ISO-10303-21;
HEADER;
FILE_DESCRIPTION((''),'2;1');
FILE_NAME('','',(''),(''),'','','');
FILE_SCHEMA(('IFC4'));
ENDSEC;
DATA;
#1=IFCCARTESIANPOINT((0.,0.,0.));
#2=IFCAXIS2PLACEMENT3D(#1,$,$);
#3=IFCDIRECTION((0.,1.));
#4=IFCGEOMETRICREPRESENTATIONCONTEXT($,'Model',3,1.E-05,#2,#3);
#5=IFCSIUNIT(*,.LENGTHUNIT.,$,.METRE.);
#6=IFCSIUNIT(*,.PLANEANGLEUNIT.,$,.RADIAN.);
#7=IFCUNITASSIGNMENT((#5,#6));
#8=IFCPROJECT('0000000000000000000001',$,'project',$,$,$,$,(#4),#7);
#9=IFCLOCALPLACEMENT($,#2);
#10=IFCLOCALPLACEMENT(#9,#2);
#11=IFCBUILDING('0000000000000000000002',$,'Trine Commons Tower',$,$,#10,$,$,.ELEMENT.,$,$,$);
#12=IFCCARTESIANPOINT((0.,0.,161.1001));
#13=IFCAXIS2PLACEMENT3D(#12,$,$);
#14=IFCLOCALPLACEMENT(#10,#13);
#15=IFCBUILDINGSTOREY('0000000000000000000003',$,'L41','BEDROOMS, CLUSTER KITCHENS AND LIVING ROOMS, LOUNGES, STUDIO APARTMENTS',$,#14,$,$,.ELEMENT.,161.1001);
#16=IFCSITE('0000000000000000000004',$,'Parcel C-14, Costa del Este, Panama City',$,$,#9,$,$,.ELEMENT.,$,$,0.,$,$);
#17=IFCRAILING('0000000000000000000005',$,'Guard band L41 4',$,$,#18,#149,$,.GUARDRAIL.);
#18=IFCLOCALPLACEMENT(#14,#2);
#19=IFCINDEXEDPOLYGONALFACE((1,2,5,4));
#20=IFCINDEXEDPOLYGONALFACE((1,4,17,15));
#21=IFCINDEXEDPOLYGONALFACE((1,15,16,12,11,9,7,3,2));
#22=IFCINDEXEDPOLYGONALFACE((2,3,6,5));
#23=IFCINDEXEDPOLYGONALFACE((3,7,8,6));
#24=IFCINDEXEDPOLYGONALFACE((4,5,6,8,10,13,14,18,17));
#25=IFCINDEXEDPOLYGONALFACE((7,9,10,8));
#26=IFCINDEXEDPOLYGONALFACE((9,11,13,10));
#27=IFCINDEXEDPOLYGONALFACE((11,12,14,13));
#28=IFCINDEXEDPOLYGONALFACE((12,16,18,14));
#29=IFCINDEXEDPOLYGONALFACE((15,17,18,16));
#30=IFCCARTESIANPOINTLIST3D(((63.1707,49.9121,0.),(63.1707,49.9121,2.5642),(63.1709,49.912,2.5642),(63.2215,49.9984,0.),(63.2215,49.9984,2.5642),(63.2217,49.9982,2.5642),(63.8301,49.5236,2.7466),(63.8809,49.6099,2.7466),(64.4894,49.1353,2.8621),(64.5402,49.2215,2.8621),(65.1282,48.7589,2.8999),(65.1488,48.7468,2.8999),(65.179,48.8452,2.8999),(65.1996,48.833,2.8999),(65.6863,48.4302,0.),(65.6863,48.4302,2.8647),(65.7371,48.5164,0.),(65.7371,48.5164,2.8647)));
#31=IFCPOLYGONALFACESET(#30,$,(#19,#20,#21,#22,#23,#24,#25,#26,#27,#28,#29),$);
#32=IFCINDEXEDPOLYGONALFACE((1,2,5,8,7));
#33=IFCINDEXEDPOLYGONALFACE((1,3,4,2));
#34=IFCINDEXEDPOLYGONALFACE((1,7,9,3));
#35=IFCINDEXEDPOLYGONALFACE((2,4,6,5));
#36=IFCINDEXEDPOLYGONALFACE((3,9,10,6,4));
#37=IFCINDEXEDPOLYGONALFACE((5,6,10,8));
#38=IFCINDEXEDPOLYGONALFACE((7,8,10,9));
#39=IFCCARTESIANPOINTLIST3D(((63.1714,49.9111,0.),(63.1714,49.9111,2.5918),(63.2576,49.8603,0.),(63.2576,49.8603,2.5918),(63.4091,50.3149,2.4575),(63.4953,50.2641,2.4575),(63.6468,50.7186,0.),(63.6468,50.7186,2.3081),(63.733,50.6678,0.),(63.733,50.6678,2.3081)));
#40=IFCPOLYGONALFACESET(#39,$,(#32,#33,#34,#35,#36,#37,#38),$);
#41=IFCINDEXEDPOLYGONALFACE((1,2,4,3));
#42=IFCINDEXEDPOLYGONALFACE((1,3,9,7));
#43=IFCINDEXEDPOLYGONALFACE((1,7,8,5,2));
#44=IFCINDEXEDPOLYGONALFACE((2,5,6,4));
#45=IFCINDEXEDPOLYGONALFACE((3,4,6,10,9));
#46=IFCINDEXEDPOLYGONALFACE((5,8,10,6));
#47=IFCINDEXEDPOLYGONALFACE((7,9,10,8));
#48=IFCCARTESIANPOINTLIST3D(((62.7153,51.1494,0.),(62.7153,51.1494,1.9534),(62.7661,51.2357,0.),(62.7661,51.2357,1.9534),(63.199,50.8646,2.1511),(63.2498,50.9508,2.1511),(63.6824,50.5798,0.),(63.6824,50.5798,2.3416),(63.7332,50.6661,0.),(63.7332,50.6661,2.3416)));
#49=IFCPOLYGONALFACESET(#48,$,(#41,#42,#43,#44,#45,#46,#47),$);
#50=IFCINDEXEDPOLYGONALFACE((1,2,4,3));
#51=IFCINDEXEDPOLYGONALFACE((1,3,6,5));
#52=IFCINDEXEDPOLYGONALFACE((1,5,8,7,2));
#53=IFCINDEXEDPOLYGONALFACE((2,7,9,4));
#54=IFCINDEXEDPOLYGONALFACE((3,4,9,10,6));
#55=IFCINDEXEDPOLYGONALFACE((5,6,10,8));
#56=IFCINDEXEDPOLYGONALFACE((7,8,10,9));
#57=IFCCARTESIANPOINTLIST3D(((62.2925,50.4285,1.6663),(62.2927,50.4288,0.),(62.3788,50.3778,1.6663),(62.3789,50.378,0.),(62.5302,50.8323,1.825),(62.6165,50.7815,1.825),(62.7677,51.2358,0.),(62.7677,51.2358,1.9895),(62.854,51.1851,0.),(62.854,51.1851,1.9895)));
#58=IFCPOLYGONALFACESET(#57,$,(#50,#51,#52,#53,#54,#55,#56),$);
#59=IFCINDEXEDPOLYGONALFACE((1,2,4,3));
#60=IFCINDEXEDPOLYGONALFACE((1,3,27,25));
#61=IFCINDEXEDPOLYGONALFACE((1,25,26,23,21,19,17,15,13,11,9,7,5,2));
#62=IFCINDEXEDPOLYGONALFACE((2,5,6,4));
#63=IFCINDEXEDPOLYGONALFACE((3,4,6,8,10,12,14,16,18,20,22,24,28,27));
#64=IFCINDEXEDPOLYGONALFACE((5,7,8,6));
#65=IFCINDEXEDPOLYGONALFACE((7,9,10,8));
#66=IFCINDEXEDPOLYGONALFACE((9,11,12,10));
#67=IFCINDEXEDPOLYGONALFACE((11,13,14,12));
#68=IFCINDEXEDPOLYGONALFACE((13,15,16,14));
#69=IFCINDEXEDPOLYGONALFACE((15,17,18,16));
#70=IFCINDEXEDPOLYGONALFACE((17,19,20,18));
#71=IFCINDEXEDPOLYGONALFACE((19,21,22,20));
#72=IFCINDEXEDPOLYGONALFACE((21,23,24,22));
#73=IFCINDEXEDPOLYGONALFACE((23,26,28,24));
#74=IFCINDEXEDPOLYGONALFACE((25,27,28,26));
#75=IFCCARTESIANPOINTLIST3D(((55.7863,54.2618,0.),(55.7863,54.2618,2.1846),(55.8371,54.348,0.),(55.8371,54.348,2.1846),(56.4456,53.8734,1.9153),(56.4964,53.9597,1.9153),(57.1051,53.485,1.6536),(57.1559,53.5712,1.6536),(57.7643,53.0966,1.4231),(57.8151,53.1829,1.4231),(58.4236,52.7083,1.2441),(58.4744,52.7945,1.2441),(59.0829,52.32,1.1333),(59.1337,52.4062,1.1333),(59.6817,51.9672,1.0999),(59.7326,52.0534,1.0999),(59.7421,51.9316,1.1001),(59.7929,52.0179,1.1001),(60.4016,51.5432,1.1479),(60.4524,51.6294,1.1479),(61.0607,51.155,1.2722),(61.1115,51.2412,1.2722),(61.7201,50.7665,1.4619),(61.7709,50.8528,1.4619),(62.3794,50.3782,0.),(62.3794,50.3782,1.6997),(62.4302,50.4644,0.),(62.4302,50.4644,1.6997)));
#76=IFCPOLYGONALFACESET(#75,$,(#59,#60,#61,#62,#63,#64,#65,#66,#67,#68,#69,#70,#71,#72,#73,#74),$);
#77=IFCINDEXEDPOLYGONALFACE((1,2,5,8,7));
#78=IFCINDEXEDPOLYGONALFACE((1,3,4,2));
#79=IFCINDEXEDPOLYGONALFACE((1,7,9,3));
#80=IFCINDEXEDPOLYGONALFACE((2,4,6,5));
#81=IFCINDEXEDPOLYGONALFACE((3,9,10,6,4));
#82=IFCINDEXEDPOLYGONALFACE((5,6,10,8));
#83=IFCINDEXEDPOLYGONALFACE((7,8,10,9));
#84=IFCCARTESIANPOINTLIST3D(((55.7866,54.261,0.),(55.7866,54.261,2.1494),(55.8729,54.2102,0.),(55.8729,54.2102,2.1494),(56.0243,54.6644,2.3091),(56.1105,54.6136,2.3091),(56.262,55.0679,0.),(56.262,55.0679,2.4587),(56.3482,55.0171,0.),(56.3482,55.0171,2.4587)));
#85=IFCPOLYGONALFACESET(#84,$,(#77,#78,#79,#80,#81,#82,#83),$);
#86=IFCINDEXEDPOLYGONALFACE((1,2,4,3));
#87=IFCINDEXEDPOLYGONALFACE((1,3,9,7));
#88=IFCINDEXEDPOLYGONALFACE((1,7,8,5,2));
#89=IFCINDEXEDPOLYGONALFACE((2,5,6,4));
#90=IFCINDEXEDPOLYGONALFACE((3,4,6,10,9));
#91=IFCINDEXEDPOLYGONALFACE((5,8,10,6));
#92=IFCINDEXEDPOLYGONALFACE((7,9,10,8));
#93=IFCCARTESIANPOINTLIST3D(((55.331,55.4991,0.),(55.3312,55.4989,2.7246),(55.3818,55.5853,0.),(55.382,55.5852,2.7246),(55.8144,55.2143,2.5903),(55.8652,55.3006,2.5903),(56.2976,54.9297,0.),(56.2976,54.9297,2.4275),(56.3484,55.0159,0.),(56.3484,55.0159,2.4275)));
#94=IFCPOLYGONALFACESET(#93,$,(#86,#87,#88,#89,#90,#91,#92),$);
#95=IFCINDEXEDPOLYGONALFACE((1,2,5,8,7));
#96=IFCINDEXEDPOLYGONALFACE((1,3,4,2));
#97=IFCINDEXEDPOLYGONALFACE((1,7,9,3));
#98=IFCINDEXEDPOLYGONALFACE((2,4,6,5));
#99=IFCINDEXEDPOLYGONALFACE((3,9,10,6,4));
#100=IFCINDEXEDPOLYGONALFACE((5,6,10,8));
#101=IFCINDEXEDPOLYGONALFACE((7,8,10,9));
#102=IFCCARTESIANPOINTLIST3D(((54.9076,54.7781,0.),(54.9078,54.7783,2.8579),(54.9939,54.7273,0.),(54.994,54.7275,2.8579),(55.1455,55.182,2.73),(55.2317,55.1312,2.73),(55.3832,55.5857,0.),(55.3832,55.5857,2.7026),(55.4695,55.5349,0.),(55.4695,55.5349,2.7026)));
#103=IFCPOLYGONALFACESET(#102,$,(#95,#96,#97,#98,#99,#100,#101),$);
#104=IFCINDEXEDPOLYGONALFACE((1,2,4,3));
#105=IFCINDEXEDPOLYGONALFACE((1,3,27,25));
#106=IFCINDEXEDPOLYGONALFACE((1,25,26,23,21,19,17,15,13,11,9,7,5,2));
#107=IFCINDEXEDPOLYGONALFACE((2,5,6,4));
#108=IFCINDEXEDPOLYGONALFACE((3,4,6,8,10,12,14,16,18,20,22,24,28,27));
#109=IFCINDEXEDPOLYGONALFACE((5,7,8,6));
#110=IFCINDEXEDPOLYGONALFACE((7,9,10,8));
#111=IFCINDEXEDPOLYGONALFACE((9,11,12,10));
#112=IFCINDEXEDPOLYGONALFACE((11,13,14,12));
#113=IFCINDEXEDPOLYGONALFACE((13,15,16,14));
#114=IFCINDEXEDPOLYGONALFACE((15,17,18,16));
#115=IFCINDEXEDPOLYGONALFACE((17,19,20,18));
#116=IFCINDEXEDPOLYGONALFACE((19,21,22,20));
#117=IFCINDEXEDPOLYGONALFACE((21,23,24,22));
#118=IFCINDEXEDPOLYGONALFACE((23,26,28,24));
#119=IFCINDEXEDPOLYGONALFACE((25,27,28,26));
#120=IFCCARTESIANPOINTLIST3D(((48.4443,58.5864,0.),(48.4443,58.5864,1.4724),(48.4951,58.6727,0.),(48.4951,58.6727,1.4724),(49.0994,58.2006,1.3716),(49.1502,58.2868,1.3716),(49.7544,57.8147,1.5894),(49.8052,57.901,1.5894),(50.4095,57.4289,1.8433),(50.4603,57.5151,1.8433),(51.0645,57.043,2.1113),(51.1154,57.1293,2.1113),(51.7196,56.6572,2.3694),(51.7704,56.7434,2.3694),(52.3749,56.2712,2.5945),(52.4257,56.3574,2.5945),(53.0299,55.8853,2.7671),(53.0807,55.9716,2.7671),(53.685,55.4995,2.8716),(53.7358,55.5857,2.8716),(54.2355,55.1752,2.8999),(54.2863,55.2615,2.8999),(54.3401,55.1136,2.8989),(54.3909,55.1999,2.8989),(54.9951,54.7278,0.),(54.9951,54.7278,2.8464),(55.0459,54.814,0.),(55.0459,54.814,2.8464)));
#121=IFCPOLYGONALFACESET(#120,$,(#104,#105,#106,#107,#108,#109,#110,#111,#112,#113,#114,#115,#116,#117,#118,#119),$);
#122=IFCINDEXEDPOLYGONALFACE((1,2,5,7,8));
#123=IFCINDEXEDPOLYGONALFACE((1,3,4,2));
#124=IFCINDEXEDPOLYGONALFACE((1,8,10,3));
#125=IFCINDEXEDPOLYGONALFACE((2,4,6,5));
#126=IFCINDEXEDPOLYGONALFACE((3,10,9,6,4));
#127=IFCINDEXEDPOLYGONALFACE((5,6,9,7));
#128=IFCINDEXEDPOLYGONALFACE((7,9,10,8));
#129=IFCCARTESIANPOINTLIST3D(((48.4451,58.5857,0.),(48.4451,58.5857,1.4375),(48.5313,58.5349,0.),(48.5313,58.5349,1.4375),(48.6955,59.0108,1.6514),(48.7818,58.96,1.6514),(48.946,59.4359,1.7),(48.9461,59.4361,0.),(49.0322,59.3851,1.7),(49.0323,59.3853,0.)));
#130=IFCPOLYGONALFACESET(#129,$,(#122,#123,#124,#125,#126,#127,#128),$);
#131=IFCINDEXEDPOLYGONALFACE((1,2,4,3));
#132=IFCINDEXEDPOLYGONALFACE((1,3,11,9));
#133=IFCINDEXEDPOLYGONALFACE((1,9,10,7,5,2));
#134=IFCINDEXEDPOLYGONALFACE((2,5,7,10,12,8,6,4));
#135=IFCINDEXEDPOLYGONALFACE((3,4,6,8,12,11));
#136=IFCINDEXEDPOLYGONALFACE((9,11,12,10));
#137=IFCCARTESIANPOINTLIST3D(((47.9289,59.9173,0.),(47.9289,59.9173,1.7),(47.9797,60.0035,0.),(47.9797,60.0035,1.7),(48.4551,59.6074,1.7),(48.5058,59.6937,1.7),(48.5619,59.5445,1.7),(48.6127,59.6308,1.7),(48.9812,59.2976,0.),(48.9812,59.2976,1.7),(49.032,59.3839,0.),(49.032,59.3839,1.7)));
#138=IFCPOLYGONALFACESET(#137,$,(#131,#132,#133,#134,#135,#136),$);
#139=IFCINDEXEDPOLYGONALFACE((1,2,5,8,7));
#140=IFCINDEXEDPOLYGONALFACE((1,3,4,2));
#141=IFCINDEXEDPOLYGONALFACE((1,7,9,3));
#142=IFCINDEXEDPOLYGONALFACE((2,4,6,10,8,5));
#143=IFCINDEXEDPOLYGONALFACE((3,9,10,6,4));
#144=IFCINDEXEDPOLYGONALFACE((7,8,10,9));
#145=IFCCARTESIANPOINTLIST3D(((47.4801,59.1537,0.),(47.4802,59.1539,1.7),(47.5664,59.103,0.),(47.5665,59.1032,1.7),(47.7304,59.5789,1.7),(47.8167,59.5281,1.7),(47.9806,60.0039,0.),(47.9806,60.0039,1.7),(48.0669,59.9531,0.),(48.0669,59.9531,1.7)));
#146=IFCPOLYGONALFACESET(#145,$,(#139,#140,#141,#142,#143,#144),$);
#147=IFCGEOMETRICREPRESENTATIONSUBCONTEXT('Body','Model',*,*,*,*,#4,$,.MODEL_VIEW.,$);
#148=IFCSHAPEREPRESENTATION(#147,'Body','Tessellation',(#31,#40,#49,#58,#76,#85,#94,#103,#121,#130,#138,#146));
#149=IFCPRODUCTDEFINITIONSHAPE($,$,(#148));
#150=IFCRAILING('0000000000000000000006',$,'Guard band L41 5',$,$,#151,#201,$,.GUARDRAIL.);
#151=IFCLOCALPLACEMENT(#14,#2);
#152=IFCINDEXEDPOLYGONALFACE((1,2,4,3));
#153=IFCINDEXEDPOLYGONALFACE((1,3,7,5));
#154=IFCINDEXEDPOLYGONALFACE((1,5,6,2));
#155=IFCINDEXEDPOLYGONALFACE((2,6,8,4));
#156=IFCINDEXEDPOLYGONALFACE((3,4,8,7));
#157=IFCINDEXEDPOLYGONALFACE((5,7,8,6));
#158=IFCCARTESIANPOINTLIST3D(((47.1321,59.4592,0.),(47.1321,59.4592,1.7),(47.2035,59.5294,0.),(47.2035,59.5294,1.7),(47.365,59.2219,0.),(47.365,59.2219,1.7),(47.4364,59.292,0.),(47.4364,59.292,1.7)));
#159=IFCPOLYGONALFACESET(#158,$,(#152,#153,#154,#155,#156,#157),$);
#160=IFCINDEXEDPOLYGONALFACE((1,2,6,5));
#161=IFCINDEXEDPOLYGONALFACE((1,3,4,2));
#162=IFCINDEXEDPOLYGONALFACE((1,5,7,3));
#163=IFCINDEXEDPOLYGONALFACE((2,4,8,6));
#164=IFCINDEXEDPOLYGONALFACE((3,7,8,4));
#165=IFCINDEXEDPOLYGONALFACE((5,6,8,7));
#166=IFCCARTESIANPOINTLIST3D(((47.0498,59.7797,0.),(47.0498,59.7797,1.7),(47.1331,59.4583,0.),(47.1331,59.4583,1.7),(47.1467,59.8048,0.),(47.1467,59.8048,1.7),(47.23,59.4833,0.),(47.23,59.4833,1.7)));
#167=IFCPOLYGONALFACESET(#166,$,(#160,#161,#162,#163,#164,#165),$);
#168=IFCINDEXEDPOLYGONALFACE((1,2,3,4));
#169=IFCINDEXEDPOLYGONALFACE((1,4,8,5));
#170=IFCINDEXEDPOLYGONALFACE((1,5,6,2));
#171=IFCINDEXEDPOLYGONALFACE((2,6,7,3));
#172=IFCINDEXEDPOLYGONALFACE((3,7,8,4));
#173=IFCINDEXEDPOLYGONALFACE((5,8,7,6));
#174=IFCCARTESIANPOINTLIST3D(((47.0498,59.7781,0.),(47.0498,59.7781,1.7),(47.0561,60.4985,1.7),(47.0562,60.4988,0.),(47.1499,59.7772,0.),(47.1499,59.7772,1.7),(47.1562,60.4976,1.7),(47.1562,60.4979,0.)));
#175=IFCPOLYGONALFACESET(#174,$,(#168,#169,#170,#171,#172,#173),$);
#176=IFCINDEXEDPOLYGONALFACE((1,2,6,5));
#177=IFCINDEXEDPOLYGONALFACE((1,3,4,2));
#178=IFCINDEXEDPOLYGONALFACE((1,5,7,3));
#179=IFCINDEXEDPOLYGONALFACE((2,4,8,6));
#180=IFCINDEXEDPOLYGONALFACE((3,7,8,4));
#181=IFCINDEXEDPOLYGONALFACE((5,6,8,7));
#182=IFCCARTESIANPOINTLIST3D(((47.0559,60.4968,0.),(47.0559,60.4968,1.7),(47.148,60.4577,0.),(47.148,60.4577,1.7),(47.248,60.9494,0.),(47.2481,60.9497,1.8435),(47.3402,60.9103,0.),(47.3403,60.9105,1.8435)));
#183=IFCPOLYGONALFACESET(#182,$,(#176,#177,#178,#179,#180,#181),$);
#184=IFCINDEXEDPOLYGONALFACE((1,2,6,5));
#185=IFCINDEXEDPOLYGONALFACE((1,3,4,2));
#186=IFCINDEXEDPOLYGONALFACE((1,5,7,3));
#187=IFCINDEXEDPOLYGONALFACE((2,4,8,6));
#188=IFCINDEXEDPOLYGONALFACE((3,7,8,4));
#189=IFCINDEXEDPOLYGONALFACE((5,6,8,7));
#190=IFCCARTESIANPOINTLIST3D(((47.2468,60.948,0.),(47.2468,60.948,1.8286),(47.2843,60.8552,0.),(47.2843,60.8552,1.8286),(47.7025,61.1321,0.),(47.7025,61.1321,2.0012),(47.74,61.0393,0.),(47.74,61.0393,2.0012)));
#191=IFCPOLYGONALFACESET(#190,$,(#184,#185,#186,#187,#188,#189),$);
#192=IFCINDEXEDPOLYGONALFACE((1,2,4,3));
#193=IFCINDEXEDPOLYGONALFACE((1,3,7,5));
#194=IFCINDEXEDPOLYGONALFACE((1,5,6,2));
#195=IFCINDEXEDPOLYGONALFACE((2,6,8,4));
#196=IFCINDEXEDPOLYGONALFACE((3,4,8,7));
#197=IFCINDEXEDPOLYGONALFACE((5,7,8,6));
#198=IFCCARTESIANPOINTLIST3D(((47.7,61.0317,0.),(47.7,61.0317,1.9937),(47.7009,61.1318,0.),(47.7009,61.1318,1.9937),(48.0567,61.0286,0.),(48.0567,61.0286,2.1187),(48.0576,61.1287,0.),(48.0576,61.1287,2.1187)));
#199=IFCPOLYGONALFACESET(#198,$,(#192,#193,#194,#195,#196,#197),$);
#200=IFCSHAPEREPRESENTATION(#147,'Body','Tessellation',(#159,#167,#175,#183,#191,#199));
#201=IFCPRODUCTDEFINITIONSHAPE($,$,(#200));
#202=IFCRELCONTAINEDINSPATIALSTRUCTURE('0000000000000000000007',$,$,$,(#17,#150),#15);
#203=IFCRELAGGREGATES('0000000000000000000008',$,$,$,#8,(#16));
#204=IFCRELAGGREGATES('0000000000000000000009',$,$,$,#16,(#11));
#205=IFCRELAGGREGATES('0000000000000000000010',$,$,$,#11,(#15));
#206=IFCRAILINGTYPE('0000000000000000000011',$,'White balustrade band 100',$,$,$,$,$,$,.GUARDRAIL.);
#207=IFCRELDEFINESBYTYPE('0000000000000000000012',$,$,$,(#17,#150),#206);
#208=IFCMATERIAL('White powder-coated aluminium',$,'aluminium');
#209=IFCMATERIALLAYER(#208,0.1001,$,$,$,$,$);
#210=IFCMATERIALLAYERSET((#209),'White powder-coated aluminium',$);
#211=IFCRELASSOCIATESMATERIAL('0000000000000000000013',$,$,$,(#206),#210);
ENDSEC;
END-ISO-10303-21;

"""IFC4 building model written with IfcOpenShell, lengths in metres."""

from ifc_helpers import new_model, si_unit, direction, frame, origin, place, context, subcontext, project, spatial, polyline, outline, extrude, material, layer, layer_set, type_object, element, save


model = new_model("IFC4")

# Units and contexts
model_context = context("Model", 3, precision=1e-05, world=origin(), true_north=direction((0.0, 1.0)))
body_context = subcontext(model_context, "Body", "Model", "MODEL_VIEW")
ifc_project = project(units=[si_unit("LENGTHUNIT", "METRE"), si_unit("PLANEANGLEUNIT", "RADIAN")], contexts=[model_context])

# Site, building, storey
site_placement = place(None, origin())
site = spatial("IfcSite", under=ifc_project, at=site_placement, Name="Parcel C-14, Costa del Este, Panama City", CompositionType="ELEMENT", RefElevation=0.0)
building_placement = place(site_placement, origin())
building = spatial("IfcBuilding", under=site, at=building_placement, Name="Trine Commons Tower", CompositionType="ELEMENT")
storey_placement = place(building_placement, frame((0.0, 0.0, 161.1001)))
storey = spatial("IfcBuildingStorey", under=building, at=storey_placement, Name="L41", Description="BEDROOMS, CLUSTER KITCHENS AND LIVING ROOMS, LOUNGES, STUDIO APARTMENTS", CompositionType="ELEMENT", Elevation=161.1001)

# Railings
ifc_material_1 = material(Name="White powder-coated aluminium", Category="aluminium")
ifc_layer_1 = layer(ifc_material_1, 0.1001)
ifc_layer_set_1 = layer_set([ifc_layer_1], Name="White powder-coated aluminium")
railing_type = type_object("IfcRailingType", Name="White balustrade band 100", PredefinedType="GUARDRAIL", material=ifc_layer_set_1)
railing_1_placement = place(storey_placement, origin())
element("IfcRailing", 1, at=railing_1_placement, inside=storey, type_object=railing_type, Name="Guard band L41 4", PredefinedType="GUARDRAIL", context=body_context, shape_type="SweptSolid", body=[
    extrude(outline(polyline([(0.0, 0.0), (2.9197, 0.0), (2.9197, 2.5642), (2.9194, 2.5642), (2.1543, 2.7466), (1.3892, 2.8621), (0.6477, 2.8999), (0.6238, 2.8999), (0.0, 2.8647), (0.0, 0.0)])), frame((65.6863, 48.4302, 0.0), z_axis=(0.507568, 0.861612, 0.0), x_axis=(-0.861612, 0.507568, 0.0)), (0.0, 0.0, 1.0), 0.1001),
    extrude(outline(polyline([(0.0, 0.0), (0.937, 0.0), (0.937, 2.3081), (0.4685, 2.4575), (0.0, 2.5918), (0.0, 0.0)])), frame((63.1714, 49.9111, 0.0), z_axis=(0.86174, -0.50735, 0.0), x_axis=(0.50735, 0.86174, 0.0)), (0.0, 0.0, 1.0), 0.1001),
    extrude(outline(polyline([(0.0, 0.0), (1.1223, 0.0), (1.1223, 1.9534), (0.561, 2.1511), (0.0, 2.3416), (0.0, 0.0)])), frame((63.6824, 50.5798, 0.0), z_axis=(0.507505, 0.861649, 0.0), x_axis=(-0.861649, 0.507505, 0.0)), (0.0, 0.0, 1.0), 0.1001),
    extrude(outline(polyline([(0.0, 0.0), (0.9365, 0.0), (0.9368, 1.6663), (0.4683, 1.825), (0.0, 1.9895), (0.0, 0.0)])), frame((62.854, 51.1851, 0.0), z_axis=(-0.861787, 0.507271, 0.0), x_axis=(-0.507271, -0.861787, 0.0)), (0.0, 0.0, 1.0), 0.1001),
    extrude(outline(polyline([(0.0, 0.0), (7.6519, 0.0), (7.6519, 2.1846), (6.8867, 1.9153), (6.1213, 1.6536), (5.3562, 1.4231), (4.5911, 1.2441), (3.8259, 1.1333), (3.1309, 1.0999), (3.0608, 1.1001), (2.2954, 1.1479), (1.5305, 1.2722), (0.7651, 1.4619), (0.0, 1.6997), (0.0, 0.0)])), frame((62.3794, 50.3782, 0.0), z_axis=(0.507535, 0.861631, 0.0), x_axis=(-0.861631, 0.507535, 0.0)), (0.0, 0.0, 1.0), 0.1001),
    extrude(outline(polyline([(0.0, 0.0), (0.9365, 0.0), (0.9365, 2.4587), (0.4683, 2.3091), (0.0, 2.1494), (0.0, 0.0)])), frame((55.7866, 54.261, 0.0), z_axis=(0.861606, -0.507578, 0.0), x_axis=(0.507578, 0.861606, 0.0)), (0.0, 0.0, 1.0), 0.1001),
    extrude(outline(polyline([(0.0, 0.0), (1.1218, 0.0), (1.1216, 2.7246), (0.5608, 2.5903), (0.0, 2.4275), (0.0, 0.0)])), frame((56.2976, 54.9297, 0.0), z_axis=(0.507534, 0.861632, 0.0), x_axis=(-0.861632, 0.507534, 0.0)), (0.0, 0.0, 1.0), 0.1001),
    extrude(outline(polyline([(0.0, 0.0), (0.9373, 0.0), (0.937, 2.8579), (0.4685, 2.73), (0.0, 2.7026), (0.0, 0.0)])), frame((55.4695, 55.5349, 0.0), z_axis=(-0.861693, 0.50743, 0.0), x_axis=(-0.50743, -0.861693, 0.0)), (0.0, 0.0, 1.0), 0.1001),
    extrude(outline(polyline([(0.0, 0.0), (7.6028, 0.0), (7.6028, 1.4724), (6.8425, 1.3716), (6.0823, 1.5894), (5.322, 1.8433), (4.5618, 2.1113), (3.8015, 2.3694), (3.041, 2.5945), (2.2808, 2.7671), (1.5205, 2.8716), (0.8816, 2.8999), (0.7603, 2.8989), (0.0, 2.8464), (0.0, 0.0)])), frame((54.9951, 54.7278, 0.0), z_axis=(0.507532, 0.861633, 0.0), x_axis=(-0.861633, 0.507532, 0.0)), (0.0, 0.0, 1.0), 0.1001),
    extrude(outline(polyline([(0.0, 0.0), (0.9871, 0.0), (0.9868, 1.7), (0.4934, 1.6514), (0.0, 1.4375), (0.0, 0.0)])), frame((48.4451, 58.5857, 0.0), z_axis=(0.861591, -0.507604, 0.0), x_axis=(0.507604, 0.861591, 0.0)), (0.0, 0.0, 1.0), 0.1001),
    extrude(outline(polyline([(0.0, 0.0), (1.2212, 0.0), (1.2212, 1.7), (0.6106, 1.7), (0.4866, 1.7), (0.0, 1.7), (0.0, 0.0)])), frame((48.9812, 59.2976, 0.0), z_axis=(0.507422, 0.861698, 0.0), x_axis=(-0.861698, 0.507422, 0.0)), (0.0, 0.0, 1.0), 0.1001),
    extrude(outline(polyline([(0.0, 0.0), (0.9866, 0.0), (0.9863, 1.7), (0.4932, 1.7), (0.0, 1.7), (0.0, 0.0)])), frame((48.0669, 59.9531, 0.0), z_axis=(-0.861743, 0.507345, 0.0), x_axis=(-0.507345, -0.861743, 0.0)), (0.0, 0.0, 1.0), 0.1001),
])
railing_2_placement = place(storey_placement, origin())
element("IfcRailing", 2, at=railing_2_placement, inside=storey, type_object=railing_type, Name="Guard band L41 5", PredefinedType="GUARDRAIL", context=body_context, shape_type="SweptSolid", body=[
    extrude(outline(polyline([(0.0, 0.0), (0.3325, 0.0), (0.3325, 1.7), (0.0, 1.7), (0.0, 0.0)])), frame((47.365, 59.2219, 0.0), z_axis=(0.713684, 0.700468, 0.0), x_axis=(-0.700468, 0.713684, 0.0)), (0.0, 0.0, 1.0), 0.1001),
    extrude(outline(polyline([(0.0, 0.0), (0.332, 0.0), (0.332, 1.7), (0.0, 1.7), (0.0, 0.0)])), frame((47.1331, 59.4583, 0.0), z_axis=(0.968076, 0.250656, 0.0), x_axis=(-0.250656, 0.968076, 0.0)), (0.0, 0.0, 1.0), 0.1001),
    extrude(outline(polyline([(0.0, 0.0), (0.7207, 0.0), (0.7205, 1.7), (0.0, 1.7), (0.0, 0.0)])), frame((47.0498, 59.7781, 0.0), z_axis=(0.999961, -0.008807, 0.0), x_axis=(0.008807, 0.999961, 0.0)), (0.0, 0.0, 1.0), 0.1001),
    extrude(outline(polyline([(0.0, 0.0), (0.4917, 0.0), (0.4919, 1.8435), (0.0, 1.7), (0.0, 0.0)])), frame((47.0559, 60.4968, 0.0), z_axis=(0.920501, -0.390741, 0.0), x_axis=(0.390741, 0.920501, 0.0)), (0.0, 0.0, 1.0), 0.1001),
    extrude(outline(polyline([(0.0, 0.0), (0.4915, 0.0), (0.4915, 2.0012), (0.0, 1.8286), (0.0, 0.0)])), frame((47.2468, 60.948, 0.0), z_axis=(0.374644, -0.927169, 0.0), x_axis=(0.927169, 0.374644, 0.0)), (0.0, 0.0, 1.0), 0.1001),
    extrude(outline(polyline([(0.0, 0.0), (0.3567, 0.0), (0.3567, 2.1187), (0.0, 1.9937), (0.0, 0.0)])), frame((47.7009, 61.1318, 0.0), z_axis=(-0.008898, -0.99996, 0.0), x_axis=(0.99996, -0.008898, 0.0)), (0.0, 0.0, 1.0), 0.1001),
])

save(model, "model.ifc")
